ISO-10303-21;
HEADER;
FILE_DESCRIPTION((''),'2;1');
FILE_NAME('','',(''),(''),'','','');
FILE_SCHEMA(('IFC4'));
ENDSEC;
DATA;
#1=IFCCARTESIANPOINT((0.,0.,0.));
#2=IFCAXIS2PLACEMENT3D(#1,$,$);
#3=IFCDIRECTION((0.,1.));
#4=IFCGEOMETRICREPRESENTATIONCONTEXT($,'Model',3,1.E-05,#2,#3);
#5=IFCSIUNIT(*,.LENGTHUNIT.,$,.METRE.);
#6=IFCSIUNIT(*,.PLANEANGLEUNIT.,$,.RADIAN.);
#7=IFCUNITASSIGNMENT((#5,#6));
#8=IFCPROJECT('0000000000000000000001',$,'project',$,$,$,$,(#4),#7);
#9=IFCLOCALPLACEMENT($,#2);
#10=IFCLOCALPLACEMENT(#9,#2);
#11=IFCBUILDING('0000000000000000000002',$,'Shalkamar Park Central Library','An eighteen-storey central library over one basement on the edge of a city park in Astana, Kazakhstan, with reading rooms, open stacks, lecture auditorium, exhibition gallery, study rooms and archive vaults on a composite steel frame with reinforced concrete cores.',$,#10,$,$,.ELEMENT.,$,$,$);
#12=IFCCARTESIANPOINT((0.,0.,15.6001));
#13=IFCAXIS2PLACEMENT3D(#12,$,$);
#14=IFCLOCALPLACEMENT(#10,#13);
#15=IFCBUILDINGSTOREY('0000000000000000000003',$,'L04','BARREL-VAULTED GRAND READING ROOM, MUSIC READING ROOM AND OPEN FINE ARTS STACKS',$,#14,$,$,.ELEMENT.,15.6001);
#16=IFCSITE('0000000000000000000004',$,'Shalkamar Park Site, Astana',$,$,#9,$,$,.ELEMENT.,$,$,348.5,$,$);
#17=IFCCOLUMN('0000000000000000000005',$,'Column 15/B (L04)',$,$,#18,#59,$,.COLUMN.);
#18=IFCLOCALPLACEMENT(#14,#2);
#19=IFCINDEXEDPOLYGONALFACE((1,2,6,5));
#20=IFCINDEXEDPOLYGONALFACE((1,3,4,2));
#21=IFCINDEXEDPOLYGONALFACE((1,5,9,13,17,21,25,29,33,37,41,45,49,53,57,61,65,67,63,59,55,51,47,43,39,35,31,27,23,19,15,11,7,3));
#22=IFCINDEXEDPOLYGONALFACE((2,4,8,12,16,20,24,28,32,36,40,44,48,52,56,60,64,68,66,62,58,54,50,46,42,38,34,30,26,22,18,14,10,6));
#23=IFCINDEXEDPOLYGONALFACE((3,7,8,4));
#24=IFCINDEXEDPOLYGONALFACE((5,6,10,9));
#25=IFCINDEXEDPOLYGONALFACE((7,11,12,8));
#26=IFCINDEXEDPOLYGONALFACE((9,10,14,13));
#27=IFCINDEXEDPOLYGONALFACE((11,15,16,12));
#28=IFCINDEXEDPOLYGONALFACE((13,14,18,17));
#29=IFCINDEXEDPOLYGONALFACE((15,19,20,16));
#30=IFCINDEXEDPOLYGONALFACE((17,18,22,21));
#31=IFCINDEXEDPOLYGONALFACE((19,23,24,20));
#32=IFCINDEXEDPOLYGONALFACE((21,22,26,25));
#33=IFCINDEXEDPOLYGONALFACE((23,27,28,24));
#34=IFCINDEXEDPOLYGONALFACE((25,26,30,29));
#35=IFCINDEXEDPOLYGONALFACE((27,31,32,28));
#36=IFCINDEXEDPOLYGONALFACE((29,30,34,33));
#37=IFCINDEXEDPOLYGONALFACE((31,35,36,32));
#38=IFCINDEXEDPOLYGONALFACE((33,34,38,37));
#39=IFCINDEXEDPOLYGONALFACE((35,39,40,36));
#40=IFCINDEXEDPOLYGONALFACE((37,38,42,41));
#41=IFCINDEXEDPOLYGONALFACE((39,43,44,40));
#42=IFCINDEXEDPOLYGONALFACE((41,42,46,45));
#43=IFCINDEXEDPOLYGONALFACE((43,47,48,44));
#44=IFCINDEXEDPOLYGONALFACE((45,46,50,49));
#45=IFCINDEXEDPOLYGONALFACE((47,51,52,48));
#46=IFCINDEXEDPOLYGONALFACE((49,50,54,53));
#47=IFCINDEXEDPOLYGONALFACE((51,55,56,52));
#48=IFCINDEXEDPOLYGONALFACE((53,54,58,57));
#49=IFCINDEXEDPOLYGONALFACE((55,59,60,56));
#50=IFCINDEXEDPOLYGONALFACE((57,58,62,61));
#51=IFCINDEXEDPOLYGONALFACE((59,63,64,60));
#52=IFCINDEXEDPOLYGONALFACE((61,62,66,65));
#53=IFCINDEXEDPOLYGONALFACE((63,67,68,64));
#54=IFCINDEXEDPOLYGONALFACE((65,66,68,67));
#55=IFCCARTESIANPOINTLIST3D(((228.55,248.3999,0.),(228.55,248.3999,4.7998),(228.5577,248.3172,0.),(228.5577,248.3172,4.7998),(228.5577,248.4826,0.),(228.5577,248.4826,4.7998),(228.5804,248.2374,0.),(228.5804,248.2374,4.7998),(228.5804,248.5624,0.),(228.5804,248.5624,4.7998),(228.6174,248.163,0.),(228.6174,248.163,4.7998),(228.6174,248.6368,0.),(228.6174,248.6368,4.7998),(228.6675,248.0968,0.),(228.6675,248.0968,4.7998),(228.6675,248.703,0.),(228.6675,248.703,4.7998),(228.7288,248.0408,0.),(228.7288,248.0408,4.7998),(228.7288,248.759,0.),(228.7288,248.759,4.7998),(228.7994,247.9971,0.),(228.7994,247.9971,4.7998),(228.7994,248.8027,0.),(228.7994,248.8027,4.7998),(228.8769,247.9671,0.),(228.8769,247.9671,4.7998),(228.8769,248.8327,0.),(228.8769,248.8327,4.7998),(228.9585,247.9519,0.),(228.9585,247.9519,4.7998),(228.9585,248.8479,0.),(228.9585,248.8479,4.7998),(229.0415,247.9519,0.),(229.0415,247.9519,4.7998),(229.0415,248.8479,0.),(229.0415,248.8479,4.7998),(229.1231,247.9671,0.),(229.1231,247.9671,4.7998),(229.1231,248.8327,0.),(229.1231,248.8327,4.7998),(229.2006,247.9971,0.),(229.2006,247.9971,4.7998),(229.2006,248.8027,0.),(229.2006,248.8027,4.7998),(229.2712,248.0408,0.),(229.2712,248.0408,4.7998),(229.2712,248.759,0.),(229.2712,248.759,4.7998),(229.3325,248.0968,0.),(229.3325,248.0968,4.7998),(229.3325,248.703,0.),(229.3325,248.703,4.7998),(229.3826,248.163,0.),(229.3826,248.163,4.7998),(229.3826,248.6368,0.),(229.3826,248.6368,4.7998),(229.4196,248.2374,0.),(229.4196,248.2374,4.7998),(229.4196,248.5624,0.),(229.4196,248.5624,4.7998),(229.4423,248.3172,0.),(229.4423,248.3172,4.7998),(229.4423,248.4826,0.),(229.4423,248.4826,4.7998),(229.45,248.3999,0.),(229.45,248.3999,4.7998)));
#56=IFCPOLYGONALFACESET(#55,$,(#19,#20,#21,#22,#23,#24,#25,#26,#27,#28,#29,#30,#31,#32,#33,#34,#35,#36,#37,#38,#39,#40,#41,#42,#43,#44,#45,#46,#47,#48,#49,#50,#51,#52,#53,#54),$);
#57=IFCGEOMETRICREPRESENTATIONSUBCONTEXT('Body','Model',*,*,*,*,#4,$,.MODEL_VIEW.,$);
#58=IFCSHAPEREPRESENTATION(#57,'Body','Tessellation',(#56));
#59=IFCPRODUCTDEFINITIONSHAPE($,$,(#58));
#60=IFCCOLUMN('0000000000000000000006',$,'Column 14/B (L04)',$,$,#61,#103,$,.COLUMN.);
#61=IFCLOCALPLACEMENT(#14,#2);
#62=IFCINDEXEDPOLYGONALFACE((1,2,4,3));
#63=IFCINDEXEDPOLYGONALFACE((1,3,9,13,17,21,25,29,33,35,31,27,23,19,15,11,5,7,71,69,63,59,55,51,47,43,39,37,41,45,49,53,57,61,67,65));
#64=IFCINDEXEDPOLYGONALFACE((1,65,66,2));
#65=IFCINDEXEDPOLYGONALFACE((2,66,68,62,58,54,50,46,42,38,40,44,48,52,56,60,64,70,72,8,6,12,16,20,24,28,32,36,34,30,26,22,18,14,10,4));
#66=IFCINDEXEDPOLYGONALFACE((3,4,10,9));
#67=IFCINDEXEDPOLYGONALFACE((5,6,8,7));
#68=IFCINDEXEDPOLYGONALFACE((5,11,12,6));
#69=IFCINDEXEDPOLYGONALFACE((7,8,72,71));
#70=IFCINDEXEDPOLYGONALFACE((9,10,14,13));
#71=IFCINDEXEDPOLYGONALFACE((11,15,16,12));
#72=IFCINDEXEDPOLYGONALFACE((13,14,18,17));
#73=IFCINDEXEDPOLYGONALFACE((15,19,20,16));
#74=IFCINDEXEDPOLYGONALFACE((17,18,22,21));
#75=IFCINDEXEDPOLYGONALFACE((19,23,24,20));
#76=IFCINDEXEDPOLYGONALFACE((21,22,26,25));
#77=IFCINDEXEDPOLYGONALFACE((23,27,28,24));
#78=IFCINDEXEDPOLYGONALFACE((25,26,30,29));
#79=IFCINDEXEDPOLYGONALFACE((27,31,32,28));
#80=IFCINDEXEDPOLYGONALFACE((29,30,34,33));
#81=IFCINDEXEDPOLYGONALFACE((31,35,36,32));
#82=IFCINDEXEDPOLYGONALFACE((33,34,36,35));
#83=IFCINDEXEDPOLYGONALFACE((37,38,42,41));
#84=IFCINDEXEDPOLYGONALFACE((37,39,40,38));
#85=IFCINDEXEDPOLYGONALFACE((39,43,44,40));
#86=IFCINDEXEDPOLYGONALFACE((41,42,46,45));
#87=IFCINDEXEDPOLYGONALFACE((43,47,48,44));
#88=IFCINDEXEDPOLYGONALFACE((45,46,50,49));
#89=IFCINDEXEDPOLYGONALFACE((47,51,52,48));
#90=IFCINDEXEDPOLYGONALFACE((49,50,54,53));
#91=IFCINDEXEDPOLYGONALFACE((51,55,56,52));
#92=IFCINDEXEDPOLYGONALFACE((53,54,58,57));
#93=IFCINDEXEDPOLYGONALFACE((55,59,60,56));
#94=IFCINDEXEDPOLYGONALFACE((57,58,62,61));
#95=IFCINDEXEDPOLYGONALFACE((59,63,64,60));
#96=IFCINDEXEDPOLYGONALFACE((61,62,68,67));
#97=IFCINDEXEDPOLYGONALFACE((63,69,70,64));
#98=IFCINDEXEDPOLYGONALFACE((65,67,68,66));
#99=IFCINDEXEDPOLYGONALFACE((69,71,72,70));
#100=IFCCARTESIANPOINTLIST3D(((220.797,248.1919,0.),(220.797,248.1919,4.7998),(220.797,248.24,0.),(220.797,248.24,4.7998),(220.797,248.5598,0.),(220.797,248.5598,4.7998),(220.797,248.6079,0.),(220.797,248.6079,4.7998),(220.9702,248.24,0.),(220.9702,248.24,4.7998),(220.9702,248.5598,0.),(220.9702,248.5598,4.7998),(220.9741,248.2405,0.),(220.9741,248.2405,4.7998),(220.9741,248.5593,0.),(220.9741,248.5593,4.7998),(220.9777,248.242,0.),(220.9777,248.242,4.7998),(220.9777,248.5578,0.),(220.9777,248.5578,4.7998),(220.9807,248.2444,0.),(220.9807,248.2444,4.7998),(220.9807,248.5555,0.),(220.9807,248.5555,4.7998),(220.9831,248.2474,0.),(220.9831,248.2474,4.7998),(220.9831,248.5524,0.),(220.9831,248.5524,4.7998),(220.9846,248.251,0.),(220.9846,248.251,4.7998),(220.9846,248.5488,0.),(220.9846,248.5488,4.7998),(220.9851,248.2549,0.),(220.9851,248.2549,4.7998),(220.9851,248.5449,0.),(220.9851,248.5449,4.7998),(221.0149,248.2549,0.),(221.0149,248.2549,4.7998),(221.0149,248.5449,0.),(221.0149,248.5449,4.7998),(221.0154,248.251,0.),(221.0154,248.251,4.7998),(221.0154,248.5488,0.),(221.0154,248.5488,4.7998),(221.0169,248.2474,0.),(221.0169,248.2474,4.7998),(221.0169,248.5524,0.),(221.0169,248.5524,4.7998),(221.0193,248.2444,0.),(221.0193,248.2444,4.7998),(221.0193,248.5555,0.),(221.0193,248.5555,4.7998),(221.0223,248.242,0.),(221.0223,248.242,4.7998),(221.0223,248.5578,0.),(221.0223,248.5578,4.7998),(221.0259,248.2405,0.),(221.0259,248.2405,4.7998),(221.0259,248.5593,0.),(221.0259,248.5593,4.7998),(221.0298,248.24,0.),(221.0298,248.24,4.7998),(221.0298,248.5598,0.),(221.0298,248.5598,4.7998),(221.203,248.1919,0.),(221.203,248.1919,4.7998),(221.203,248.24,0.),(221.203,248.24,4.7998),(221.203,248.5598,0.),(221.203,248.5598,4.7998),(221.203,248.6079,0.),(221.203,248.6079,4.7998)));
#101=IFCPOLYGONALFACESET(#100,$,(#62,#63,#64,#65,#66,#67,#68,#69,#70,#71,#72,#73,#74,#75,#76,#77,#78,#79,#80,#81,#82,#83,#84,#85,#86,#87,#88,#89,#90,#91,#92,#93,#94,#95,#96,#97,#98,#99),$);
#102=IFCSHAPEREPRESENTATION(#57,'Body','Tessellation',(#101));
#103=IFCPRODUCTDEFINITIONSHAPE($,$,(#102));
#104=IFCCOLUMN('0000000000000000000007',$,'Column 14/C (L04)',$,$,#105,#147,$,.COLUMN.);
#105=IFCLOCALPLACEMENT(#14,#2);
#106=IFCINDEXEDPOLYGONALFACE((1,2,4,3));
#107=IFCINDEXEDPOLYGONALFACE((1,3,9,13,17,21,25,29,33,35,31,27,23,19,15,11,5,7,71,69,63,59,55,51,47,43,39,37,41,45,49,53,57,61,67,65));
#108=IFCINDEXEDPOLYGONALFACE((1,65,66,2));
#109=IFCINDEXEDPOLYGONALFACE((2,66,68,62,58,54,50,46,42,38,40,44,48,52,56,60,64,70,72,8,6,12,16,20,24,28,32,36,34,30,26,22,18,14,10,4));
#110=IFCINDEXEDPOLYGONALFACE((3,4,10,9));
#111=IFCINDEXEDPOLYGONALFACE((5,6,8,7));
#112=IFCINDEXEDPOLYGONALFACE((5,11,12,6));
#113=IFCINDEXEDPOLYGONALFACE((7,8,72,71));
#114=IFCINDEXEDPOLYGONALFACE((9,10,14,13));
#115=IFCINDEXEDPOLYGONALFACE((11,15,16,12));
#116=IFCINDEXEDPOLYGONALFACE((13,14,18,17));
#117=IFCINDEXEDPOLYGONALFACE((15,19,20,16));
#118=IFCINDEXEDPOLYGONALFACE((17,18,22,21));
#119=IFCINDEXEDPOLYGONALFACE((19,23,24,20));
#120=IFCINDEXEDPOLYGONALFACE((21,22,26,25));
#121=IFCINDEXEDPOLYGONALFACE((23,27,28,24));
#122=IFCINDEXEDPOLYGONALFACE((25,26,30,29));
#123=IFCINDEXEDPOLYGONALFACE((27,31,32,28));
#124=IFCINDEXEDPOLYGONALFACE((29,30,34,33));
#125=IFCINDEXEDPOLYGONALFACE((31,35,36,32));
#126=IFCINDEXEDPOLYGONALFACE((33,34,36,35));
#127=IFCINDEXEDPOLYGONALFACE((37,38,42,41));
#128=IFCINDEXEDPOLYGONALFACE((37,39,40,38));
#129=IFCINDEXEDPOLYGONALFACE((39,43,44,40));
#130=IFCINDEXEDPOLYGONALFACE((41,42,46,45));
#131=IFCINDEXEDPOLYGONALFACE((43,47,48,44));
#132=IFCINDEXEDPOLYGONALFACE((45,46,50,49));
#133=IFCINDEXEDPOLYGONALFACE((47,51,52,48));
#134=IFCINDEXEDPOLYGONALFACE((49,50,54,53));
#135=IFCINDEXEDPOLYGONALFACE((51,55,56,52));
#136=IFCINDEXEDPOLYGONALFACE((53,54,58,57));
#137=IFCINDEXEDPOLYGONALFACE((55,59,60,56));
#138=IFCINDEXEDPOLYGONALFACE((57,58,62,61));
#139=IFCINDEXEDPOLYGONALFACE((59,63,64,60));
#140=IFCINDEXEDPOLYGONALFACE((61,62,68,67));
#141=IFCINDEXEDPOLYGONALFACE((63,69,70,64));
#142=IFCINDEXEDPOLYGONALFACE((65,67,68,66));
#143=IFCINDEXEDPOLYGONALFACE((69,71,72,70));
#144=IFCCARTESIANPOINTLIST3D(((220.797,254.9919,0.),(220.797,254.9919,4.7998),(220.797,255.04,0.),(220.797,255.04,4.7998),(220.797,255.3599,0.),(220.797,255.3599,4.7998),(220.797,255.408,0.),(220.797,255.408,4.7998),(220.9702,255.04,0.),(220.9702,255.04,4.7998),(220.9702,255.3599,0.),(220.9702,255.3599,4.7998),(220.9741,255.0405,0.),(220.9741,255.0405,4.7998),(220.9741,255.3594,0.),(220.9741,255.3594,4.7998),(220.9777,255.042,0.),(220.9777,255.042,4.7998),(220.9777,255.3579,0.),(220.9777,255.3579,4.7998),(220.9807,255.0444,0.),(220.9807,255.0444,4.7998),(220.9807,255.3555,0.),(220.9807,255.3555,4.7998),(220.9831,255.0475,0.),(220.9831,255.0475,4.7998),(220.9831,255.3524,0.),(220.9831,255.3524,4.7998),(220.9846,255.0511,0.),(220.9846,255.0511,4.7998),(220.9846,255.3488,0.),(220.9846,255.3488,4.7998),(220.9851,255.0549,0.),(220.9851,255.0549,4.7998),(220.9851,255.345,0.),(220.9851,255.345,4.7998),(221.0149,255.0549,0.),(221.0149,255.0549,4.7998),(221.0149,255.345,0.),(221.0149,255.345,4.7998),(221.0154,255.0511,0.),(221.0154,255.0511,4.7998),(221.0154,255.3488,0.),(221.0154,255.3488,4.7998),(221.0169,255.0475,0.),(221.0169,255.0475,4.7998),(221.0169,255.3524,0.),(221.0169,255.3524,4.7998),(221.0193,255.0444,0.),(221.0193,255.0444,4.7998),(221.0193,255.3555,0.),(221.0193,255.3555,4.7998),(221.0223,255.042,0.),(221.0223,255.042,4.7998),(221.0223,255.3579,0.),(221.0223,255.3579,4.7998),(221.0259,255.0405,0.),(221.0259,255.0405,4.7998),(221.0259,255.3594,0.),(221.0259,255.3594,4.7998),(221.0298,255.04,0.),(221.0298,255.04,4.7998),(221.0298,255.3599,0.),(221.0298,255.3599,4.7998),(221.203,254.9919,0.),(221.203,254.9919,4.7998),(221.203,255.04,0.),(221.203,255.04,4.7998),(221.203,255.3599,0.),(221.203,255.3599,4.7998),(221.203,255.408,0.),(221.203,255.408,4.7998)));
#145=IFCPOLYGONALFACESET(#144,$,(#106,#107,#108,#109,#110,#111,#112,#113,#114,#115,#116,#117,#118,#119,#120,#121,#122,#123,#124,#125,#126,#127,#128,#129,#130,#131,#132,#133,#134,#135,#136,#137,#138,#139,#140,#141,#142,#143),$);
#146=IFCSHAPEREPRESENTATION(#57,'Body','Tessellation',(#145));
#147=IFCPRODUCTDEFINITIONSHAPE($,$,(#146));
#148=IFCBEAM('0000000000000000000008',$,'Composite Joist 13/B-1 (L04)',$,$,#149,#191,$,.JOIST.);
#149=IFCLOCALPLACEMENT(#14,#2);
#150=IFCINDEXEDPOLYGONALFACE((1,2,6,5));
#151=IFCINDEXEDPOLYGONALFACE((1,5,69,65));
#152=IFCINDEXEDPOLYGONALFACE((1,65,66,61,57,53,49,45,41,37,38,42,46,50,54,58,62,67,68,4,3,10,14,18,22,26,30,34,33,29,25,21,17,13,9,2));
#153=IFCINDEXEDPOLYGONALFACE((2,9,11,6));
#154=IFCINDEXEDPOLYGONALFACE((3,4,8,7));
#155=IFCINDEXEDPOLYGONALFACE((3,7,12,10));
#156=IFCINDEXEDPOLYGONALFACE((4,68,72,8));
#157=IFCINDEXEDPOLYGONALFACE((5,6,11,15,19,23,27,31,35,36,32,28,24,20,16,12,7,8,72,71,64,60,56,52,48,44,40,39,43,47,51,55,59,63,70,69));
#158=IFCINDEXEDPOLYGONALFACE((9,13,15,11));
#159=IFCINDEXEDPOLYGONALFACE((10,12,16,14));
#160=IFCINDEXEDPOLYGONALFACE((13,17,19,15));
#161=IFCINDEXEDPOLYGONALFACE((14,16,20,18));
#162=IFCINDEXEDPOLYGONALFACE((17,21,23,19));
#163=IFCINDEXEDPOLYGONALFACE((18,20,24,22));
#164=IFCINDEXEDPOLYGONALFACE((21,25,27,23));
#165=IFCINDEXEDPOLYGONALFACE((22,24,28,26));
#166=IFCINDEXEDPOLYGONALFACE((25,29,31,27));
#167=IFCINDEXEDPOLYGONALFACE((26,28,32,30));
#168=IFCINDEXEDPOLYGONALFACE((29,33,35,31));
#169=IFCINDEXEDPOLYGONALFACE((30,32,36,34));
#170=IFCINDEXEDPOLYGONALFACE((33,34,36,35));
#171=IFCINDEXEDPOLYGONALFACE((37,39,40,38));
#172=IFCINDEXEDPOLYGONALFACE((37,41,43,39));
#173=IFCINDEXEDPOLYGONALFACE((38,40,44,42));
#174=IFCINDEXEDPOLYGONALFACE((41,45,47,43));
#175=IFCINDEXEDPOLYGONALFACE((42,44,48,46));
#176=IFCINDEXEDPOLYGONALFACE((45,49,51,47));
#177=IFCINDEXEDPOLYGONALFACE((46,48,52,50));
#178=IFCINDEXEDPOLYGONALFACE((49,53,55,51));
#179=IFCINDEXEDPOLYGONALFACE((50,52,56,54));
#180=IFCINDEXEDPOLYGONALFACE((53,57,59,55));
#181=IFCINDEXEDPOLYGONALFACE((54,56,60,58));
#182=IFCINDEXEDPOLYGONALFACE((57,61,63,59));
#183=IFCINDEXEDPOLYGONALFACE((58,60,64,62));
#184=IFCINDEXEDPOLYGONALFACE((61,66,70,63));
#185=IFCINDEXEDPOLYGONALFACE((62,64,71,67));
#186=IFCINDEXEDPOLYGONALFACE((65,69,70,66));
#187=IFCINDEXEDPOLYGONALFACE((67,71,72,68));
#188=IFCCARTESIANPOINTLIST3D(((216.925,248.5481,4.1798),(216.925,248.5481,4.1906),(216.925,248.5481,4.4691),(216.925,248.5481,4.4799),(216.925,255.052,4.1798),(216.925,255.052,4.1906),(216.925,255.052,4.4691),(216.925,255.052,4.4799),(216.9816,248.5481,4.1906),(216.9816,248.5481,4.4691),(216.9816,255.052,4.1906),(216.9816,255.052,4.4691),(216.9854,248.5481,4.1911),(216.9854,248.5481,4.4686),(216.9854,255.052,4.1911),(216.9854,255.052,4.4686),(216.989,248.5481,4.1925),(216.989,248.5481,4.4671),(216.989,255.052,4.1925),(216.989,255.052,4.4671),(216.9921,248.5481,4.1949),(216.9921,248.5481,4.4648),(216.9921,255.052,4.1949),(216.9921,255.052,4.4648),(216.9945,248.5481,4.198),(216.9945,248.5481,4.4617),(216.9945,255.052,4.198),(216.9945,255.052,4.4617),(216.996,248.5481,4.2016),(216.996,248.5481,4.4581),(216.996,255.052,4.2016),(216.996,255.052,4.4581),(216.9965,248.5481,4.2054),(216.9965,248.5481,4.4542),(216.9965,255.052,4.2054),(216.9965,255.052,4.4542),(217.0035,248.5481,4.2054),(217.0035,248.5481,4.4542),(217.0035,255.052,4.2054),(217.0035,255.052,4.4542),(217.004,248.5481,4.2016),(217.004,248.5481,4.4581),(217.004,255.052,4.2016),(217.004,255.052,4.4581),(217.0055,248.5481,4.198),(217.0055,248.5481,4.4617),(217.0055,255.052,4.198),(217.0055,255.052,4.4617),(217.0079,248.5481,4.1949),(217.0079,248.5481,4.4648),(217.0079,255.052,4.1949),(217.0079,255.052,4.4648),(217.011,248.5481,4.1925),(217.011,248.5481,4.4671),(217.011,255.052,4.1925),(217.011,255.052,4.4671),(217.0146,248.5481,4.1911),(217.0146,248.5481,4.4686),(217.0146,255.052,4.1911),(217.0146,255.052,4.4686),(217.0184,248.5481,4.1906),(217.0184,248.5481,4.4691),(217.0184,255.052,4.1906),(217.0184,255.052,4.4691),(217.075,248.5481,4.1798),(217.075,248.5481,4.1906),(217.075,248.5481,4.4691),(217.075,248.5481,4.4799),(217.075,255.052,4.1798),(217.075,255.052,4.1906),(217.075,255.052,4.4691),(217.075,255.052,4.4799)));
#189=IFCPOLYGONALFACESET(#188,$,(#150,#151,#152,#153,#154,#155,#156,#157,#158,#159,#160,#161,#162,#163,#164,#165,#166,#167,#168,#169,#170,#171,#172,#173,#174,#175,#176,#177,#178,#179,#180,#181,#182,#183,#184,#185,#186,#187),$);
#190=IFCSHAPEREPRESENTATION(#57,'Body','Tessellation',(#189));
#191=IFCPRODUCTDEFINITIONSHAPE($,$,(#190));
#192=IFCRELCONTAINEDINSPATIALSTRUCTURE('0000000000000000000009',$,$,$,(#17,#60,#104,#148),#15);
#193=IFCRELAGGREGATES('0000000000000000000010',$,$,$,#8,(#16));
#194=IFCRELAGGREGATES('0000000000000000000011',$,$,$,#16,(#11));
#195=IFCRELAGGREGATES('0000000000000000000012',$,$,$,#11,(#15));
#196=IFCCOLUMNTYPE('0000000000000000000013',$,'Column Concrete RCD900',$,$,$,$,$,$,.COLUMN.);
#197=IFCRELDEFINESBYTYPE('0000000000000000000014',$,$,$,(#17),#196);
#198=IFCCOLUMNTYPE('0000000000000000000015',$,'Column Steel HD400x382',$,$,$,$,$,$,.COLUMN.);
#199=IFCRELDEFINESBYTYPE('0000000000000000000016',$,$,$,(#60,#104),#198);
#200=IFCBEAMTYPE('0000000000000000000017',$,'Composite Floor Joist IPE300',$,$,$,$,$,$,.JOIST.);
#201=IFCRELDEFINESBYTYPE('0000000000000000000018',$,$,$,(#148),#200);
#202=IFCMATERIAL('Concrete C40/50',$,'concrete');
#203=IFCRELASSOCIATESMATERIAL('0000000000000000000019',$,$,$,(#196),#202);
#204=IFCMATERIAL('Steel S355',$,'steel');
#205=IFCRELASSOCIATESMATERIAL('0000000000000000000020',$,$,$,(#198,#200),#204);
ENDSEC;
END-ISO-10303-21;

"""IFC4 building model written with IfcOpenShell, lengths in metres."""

from ifc_helpers import new_model, si_unit, direction, frame, origin, origin_2d, place, context, subcontext, project, spatial, circle, i_section, extrude, material, material_profile, profile_set, type_object, element, save


model = new_model("IFC4")

# Units and contexts
model_context = context("Model", 3, precision=1e-05, world=origin(), true_north=direction((0.0, 1.0)))
body_context = subcontext(model_context, "Body", "Model", "MODEL_VIEW")
ifc_project = project(units=[si_unit("LENGTHUNIT", "METRE"), si_unit("PLANEANGLEUNIT", "RADIAN")], contexts=[model_context])

# Site, building, storey
site_placement = place(None, origin())
site = spatial("IfcSite", under=ifc_project, at=site_placement, Name="Shalkamar Park Site, Astana", CompositionType="ELEMENT", RefElevation=348.5)
building_placement = place(site_placement, origin())
building = spatial("IfcBuilding", under=site, at=building_placement, Name="Shalkamar Park Central Library", Description="An eighteen-storey central library over one basement on the edge of a city park in Astana, Kazakhstan, with reading rooms, open stacks, lecture auditorium, exhibition gallery, study rooms and archive vaults on a composite steel frame with reinforced concrete cores.", CompositionType="ELEMENT")
storey_placement = place(building_placement, frame((0.0, 0.0, 15.6001)))
storey = spatial("IfcBuildingStorey", under=building, at=storey_placement, Name="L04", Description="BARREL-VAULTED GRAND READING ROOM, MUSIC READING ROOM AND OPEN FINE ARTS STACKS", CompositionType="ELEMENT", Elevation=15.6001)

# Columns
ifc_material_1 = material(Name="Concrete C40/50", Category="concrete")
ifc_material_profile_1 = material_profile(ifc_material_1, circle(Radius=0.45, at=origin_2d()), Name="RC D900")
ifc_profile_set_1 = profile_set([ifc_material_profile_1], Name="Concrete C40/50")
column_type_1 = type_object("IfcColumnType", Name="Column Concrete RCD900", PredefinedType="COLUMN", material=ifc_profile_set_1)
column_placement = place(storey_placement, frame((229.0, 248.3999, 0.0), z_axis=(0.0, 0.0, 1.0), x_axis=(1.0, 0.0, 0.0)))
element("IfcColumn", 1, at=column_placement, inside=storey, type_object=column_type_1, Name="Column 15/B (L04)", PredefinedType="COLUMN", context=body_context, shape_type="SweptSolid", body=[
    extrude(circle(Radius=0.45, at=origin_2d()), origin(), (0.0, 0.0, 1.0), 4.7998),
])
ifc_material_2 = material(Name="Steel S355", Category="steel")
ifc_material_profile_2 = material_profile(ifc_material_2, i_section(OverallWidth=0.406, OverallDepth=0.416, WebThickness=0.0298, FlangeThickness=0.0481, FilletRadius=0.0149, at=origin_2d()), Name="HD 400x382")
ifc_profile_set_2 = profile_set([ifc_material_profile_2], Name="Steel S355")
column_type_2 = type_object("IfcColumnType", Name="Column Steel HD400x382", PredefinedType="COLUMN", material=ifc_profile_set_2)
for number, where, z_axis, x_axis, name in (
    (2, (221.0, 248.3999, 0.0), (0.0, 0.0, 1.0), (1.0, 0.0, 0.0), "Column 14/B (L04)"),
    (3, (221.0, 255.2, 0.0), (0.0, 0.0, 1.0), (1.0, 0.0, 0.0), "Column 14/C (L04)"),
):
    element("IfcColumn", number, at=place(storey_placement, frame(where, z_axis=z_axis, x_axis=x_axis)), inside=storey, type_object=column_type_2, Name=name, PredefinedType="COLUMN", context=body_context, shape_type="SweptSolid", body=[
        extrude(i_section(OverallWidth=0.406, OverallDepth=0.416, WebThickness=0.0298, FlangeThickness=0.0481, FilletRadius=0.0149, at=origin_2d()), origin(), (0.0, 0.0, 1.0), 4.7998),
    ])

# Beam
ifc_material_profile_3 = material_profile(ifc_material_2, i_section(OverallWidth=0.1499, OverallDepth=0.3, WebThickness=0.0071, FlangeThickness=0.0107, FilletRadius=0.0149, at=origin_2d()), Name="IPE 300")
ifc_profile_set_3 = profile_set([ifc_material_profile_3], Name="Steel S355")
beam_type_1 = type_object("IfcBeamType", Name="Composite Floor Joist IPE300", PredefinedType="JOIST", material=ifc_profile_set_3)
for number, where, z_axis, x_axis, name in (
    (4, (217.0, 248.5481, 4.3298), (0.0, 1.0, 0.0), (-1.0, 0.0, 0.0), "Composite Joist 13/B-1 (L04)"),
):
    element("IfcBeam", number, at=place(storey_placement, frame(where, z_axis=z_axis, x_axis=x_axis)), inside=storey, type_object=beam_type_1, Name=name, PredefinedType="JOIST", context=body_context, shape_type="SweptSolid", body=[
        extrude(i_section(OverallWidth=0.1499, OverallDepth=0.3, WebThickness=0.0071, FlangeThickness=0.0107, FilletRadius=0.0149, at=origin_2d()), origin(), (0.0, 0.0, 1.0), 6.5039),
    ])

save(model, "model.ifc")
